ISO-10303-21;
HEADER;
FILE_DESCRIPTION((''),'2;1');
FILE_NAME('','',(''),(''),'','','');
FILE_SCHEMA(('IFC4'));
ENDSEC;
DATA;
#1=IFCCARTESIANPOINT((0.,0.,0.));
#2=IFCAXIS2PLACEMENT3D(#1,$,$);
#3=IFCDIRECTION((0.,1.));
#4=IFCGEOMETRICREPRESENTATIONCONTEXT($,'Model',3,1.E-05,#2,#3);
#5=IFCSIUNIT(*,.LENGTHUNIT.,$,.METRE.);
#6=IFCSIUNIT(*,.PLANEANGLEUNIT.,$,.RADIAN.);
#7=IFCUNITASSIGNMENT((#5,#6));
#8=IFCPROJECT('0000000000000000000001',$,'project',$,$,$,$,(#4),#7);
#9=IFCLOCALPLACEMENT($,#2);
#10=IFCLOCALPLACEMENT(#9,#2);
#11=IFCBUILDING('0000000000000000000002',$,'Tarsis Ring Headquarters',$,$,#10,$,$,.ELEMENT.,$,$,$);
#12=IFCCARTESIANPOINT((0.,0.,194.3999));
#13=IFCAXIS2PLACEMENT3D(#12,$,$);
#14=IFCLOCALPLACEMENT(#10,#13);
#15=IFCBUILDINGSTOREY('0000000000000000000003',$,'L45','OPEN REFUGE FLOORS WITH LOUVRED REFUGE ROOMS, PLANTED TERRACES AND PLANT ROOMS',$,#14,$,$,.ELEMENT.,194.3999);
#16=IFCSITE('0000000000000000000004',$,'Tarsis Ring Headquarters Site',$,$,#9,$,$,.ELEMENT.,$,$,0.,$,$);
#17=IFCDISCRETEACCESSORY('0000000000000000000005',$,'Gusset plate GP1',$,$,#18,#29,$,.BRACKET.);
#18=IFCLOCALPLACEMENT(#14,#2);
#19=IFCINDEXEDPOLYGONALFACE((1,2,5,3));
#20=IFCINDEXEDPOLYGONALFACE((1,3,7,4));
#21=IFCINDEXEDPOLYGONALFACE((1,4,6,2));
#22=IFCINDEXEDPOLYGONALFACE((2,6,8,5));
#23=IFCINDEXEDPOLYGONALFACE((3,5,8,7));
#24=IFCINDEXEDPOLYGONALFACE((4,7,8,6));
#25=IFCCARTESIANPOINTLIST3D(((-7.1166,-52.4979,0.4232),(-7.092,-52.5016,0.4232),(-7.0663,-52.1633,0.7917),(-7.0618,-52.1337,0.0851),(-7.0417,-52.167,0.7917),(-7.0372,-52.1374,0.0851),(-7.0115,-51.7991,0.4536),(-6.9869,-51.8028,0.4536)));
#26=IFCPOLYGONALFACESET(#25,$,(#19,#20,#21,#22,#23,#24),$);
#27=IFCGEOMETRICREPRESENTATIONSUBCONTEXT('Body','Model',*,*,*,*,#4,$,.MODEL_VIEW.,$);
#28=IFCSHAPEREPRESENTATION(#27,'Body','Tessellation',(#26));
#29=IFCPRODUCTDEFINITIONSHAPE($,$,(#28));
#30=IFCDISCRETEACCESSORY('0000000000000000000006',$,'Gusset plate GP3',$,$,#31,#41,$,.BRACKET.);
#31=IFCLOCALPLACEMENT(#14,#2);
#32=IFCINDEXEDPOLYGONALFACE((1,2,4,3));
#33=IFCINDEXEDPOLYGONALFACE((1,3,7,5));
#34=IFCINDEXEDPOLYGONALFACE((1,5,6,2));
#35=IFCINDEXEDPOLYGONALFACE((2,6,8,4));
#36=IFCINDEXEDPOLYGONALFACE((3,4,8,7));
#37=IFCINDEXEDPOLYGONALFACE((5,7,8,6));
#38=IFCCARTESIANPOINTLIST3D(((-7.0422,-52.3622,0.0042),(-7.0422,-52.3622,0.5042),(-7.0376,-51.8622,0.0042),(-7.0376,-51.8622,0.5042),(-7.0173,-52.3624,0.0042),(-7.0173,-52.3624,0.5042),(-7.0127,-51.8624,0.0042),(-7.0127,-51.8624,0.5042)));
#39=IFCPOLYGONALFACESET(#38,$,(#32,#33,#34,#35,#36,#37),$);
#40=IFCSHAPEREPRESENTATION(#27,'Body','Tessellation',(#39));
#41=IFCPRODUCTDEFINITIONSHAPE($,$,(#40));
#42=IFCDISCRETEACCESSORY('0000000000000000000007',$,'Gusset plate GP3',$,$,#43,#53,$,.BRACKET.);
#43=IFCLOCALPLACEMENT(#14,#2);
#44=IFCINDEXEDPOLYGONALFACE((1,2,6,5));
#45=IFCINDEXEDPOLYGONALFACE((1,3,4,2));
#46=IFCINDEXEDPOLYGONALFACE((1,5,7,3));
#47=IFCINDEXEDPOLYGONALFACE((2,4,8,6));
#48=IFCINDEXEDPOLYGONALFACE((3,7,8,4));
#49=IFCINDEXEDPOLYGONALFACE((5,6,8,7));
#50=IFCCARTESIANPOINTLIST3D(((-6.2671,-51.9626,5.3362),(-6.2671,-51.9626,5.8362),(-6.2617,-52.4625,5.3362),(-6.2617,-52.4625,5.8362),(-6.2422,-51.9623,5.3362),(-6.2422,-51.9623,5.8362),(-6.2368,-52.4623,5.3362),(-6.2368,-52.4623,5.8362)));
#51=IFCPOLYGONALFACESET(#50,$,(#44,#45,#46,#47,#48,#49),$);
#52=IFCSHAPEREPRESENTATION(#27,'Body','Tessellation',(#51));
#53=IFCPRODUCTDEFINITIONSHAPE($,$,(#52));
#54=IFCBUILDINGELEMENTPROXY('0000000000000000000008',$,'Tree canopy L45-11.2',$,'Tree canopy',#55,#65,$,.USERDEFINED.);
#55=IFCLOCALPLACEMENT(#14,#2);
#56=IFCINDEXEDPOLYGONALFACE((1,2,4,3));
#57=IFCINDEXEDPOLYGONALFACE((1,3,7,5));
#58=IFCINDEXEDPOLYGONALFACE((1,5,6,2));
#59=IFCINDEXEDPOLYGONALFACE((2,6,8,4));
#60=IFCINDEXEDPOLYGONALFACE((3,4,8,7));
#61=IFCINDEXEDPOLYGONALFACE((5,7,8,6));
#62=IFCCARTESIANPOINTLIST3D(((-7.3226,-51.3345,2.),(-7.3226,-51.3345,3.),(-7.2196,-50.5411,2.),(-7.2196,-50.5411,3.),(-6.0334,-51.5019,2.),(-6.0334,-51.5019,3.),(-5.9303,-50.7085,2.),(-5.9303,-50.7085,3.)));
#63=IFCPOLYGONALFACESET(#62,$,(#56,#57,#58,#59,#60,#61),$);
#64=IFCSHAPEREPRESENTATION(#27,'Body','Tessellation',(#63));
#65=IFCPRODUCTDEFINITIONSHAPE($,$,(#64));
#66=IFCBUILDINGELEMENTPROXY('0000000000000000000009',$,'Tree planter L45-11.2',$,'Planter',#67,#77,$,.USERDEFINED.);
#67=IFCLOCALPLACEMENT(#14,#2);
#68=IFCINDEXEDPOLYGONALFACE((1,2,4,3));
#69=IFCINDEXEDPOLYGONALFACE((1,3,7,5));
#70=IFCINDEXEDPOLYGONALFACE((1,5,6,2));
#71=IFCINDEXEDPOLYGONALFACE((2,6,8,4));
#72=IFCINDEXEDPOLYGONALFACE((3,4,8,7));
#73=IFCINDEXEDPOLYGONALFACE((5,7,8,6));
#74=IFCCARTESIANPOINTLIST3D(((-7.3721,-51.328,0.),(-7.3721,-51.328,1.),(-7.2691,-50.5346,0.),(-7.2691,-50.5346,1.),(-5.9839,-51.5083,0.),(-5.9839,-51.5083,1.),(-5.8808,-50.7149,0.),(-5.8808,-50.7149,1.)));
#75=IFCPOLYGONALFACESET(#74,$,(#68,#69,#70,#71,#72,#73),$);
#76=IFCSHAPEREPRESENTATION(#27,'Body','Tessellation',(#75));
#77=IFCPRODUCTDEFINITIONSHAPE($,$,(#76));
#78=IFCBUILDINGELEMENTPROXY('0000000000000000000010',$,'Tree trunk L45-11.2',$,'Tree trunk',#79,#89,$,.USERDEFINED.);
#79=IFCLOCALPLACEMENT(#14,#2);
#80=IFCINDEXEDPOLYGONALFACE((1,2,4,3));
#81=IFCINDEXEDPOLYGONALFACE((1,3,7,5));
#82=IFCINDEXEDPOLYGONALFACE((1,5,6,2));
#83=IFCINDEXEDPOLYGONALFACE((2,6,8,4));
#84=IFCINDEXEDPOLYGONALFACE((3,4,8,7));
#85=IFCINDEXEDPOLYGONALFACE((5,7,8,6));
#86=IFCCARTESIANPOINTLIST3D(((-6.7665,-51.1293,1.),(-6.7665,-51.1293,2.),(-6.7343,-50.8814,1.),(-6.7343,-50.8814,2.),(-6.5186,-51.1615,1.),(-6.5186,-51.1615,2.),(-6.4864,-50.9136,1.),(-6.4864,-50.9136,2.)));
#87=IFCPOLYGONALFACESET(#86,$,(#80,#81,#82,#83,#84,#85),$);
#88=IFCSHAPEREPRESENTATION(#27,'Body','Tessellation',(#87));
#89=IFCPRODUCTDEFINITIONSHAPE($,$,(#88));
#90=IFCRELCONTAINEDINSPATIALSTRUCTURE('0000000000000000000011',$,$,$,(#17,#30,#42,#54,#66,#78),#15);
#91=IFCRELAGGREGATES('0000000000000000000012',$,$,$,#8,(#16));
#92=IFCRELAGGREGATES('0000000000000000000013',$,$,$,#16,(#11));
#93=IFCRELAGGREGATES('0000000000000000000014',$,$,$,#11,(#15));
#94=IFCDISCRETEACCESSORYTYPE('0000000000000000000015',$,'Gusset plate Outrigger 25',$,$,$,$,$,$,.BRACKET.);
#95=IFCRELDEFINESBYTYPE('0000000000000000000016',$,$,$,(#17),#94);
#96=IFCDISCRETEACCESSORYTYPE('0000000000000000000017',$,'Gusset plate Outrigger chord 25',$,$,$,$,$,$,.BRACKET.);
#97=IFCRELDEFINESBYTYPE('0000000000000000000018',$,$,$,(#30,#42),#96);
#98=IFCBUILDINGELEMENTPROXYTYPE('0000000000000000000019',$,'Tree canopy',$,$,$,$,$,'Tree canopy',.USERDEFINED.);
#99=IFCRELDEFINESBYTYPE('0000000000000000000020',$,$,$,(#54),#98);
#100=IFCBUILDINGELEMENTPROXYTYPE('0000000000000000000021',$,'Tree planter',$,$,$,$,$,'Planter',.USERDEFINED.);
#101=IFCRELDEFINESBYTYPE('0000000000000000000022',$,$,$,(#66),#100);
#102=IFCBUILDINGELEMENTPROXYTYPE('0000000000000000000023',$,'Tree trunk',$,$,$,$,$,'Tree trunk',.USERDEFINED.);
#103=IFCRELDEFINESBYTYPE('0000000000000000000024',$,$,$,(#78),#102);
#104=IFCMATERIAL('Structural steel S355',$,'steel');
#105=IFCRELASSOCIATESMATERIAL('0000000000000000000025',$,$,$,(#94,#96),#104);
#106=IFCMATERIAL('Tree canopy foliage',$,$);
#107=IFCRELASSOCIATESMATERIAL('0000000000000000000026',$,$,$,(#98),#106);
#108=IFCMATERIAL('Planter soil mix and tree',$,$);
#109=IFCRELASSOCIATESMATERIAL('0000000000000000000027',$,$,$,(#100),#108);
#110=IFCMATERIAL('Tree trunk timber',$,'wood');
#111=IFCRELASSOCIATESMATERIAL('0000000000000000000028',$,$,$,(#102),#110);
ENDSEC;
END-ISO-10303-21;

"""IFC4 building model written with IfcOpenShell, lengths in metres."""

from ifc_helpers import new_model, si_unit, direction, frame, origin, origin_2d, place, context, subcontext, project, spatial, rectangle, extrude, material, material_profile, profile_set, type_object, element, save


model = new_model("IFC4")

# Units and contexts
model_context = context("Model", 3, precision=1e-05, world=origin(), true_north=direction((0.0, 1.0)))
body_context = subcontext(model_context, "Body", "Model", "MODEL_VIEW")
ifc_project = project(units=[si_unit("LENGTHUNIT", "METRE"), si_unit("PLANEANGLEUNIT", "RADIAN")], contexts=[model_context])

# Site, building, storey
site_placement = place(None, origin())
site = spatial("IfcSite", under=ifc_project, at=site_placement, Name="Tarsis Ring Headquarters Site", CompositionType="ELEMENT", RefElevation=0.0)
building_placement = place(site_placement, origin())
building = spatial("IfcBuilding", under=site, at=building_placement, Name="Tarsis Ring Headquarters", CompositionType="ELEMENT")
storey_placement = place(building_placement, frame((0.0, 0.0, 194.3999)))
storey = spatial("IfcBuildingStorey", under=building, at=storey_placement, Name="L45", Description="OPEN REFUGE FLOORS WITH LOUVRED REFUGE ROOMS, PLANTED TERRACES AND PLANT ROOMS", CompositionType="ELEMENT", Elevation=194.3999)

# Shared definitions
ifc_material_1 = material(Name="Structural steel S355", Category="steel")

# Discrete accessories
ifc_material_profile_1 = material_profile(ifc_material_1, rectangle(XDim=0.0249, YDim=0.5, at=origin_2d()), Name="PL 25x500")
ifc_profile_set_1 = profile_set([ifc_material_profile_1], Name="Structural steel S355")
discrete_accessory_type_1 = type_object("IfcDiscreteAccessoryType", Name="Gusset plate Outrigger 25", PredefinedType="BRACKET", material=ifc_profile_set_1)
discrete_accessory_1_placement = place(storey_placement, frame((-7.0769, -52.3176, 0.2542), z_axis=(0.100561, 0.668777, 0.736631), x_axis=(-0.988883, 0.148693, 0.0)))
element("IfcDiscreteAccessory", 1, at=discrete_accessory_1_placement, inside=storey, type_object=discrete_accessory_type_1, Name="Gusset plate GP1", PredefinedType="BRACKET", context=body_context, shape_type="SweptSolid", body=[
    extrude(rectangle(XDim=0.0249, YDim=0.5, at=origin_2d()), origin(), (0.0, 0.0, 1.0), 0.5002),
])
discrete_accessory_type_2 = type_object("IfcDiscreteAccessoryType", Name="Gusset plate Outrigger chord 25", PredefinedType="BRACKET", material=ifc_profile_set_1)
for number, where, z_axis, x_axis, name in (
    (2, (-7.0298, -52.3623, 0.2542), (0.009277, 0.999957, 0.0), (-0.999957, 0.009277, 0.0), "Gusset plate GP3"),
    (3, (-6.2493, -52.4624, 5.5862), (-0.010742, 0.999942, 0.0), (-0.999942, -0.010742, 0.0), "Gusset plate GP3"),
):
    element("IfcDiscreteAccessory", number, at=place(storey_placement, frame(where, z_axis=z_axis, x_axis=x_axis)), inside=storey, type_object=discrete_accessory_type_2, Name=name, PredefinedType="BRACKET", context=body_context, shape_type="SweptSolid", body=[
        extrude(rectangle(XDim=0.0249, YDim=0.5, at=origin_2d()), origin(), (0.0, 0.0, 1.0), 0.5),
    ])

# Building element proxies
ifc_material_2 = material(Name="Tree canopy foliage")
building_element_proxy_type_1 = type_object("IfcBuildingElementProxyType", Name="Tree canopy", ElementType="Tree canopy", PredefinedType="USERDEFINED", material=ifc_material_2)
proxy_1_placement = place(storey_placement, frame((-6.6265, -51.0215, 2.0), z_axis=(0.0, 0.0, 1.0), x_axis=(0.991671, -0.128796, 0.0)))
element("IfcBuildingElementProxy", 4, at=proxy_1_placement, inside=storey, type_object=building_element_proxy_type_1, Name="Tree canopy L45-11.2", ObjectType="Tree canopy", PredefinedType="USERDEFINED", context=body_context, shape_type="SweptSolid", body=[
    extrude(rectangle(XDim=1.3, YDim=0.8, at=origin_2d()), origin(), (0.0, 0.0, 1.0), 1.0),
])
ifc_material_3 = material(Name="Planter soil mix and tree")
building_element_proxy_type_2 = type_object("IfcBuildingElementProxyType", Name="Tree planter", ElementType="Planter", PredefinedType="USERDEFINED", material=ifc_material_3)
proxy_2_placement = place(storey_placement, frame((-6.6265, -51.0215, 0.0), z_axis=(0.0, 0.0, 1.0), x_axis=(0.991671, -0.128796, 0.0)))
element("IfcBuildingElementProxy", 5, at=proxy_2_placement, inside=storey, type_object=building_element_proxy_type_2, Name="Tree planter L45-11.2", ObjectType="Planter", PredefinedType="USERDEFINED", context=body_context, shape_type="SweptSolid", body=[
    extrude(rectangle(XDim=1.3999, YDim=0.8, at=origin_2d()), origin(), (0.0, 0.0, 1.0), 1.0),
])
ifc_material_4 = material(Name="Tree trunk timber", Category="wood")
building_element_proxy_type_3 = type_object("IfcBuildingElementProxyType", Name="Tree trunk", ElementType="Tree trunk", PredefinedType="USERDEFINED", material=ifc_material_4)
proxy_3_placement = place(storey_placement, frame((-6.6265, -51.0215, 1.0), z_axis=(0.0, 0.0, 1.0), x_axis=(0.991671, -0.128796, 0.0)))
element("IfcBuildingElementProxy", 6, at=proxy_3_placement, inside=storey, type_object=building_element_proxy_type_3, Name="Tree trunk L45-11.2", ObjectType="Tree trunk", PredefinedType="USERDEFINED", context=body_context, shape_type="SweptSolid", body=[
    extrude(rectangle(XDim=0.25, YDim=0.25, at=origin_2d()), origin(), (0.0, 0.0, 1.0), 1.0),
])

save(model, "model.ifc")
